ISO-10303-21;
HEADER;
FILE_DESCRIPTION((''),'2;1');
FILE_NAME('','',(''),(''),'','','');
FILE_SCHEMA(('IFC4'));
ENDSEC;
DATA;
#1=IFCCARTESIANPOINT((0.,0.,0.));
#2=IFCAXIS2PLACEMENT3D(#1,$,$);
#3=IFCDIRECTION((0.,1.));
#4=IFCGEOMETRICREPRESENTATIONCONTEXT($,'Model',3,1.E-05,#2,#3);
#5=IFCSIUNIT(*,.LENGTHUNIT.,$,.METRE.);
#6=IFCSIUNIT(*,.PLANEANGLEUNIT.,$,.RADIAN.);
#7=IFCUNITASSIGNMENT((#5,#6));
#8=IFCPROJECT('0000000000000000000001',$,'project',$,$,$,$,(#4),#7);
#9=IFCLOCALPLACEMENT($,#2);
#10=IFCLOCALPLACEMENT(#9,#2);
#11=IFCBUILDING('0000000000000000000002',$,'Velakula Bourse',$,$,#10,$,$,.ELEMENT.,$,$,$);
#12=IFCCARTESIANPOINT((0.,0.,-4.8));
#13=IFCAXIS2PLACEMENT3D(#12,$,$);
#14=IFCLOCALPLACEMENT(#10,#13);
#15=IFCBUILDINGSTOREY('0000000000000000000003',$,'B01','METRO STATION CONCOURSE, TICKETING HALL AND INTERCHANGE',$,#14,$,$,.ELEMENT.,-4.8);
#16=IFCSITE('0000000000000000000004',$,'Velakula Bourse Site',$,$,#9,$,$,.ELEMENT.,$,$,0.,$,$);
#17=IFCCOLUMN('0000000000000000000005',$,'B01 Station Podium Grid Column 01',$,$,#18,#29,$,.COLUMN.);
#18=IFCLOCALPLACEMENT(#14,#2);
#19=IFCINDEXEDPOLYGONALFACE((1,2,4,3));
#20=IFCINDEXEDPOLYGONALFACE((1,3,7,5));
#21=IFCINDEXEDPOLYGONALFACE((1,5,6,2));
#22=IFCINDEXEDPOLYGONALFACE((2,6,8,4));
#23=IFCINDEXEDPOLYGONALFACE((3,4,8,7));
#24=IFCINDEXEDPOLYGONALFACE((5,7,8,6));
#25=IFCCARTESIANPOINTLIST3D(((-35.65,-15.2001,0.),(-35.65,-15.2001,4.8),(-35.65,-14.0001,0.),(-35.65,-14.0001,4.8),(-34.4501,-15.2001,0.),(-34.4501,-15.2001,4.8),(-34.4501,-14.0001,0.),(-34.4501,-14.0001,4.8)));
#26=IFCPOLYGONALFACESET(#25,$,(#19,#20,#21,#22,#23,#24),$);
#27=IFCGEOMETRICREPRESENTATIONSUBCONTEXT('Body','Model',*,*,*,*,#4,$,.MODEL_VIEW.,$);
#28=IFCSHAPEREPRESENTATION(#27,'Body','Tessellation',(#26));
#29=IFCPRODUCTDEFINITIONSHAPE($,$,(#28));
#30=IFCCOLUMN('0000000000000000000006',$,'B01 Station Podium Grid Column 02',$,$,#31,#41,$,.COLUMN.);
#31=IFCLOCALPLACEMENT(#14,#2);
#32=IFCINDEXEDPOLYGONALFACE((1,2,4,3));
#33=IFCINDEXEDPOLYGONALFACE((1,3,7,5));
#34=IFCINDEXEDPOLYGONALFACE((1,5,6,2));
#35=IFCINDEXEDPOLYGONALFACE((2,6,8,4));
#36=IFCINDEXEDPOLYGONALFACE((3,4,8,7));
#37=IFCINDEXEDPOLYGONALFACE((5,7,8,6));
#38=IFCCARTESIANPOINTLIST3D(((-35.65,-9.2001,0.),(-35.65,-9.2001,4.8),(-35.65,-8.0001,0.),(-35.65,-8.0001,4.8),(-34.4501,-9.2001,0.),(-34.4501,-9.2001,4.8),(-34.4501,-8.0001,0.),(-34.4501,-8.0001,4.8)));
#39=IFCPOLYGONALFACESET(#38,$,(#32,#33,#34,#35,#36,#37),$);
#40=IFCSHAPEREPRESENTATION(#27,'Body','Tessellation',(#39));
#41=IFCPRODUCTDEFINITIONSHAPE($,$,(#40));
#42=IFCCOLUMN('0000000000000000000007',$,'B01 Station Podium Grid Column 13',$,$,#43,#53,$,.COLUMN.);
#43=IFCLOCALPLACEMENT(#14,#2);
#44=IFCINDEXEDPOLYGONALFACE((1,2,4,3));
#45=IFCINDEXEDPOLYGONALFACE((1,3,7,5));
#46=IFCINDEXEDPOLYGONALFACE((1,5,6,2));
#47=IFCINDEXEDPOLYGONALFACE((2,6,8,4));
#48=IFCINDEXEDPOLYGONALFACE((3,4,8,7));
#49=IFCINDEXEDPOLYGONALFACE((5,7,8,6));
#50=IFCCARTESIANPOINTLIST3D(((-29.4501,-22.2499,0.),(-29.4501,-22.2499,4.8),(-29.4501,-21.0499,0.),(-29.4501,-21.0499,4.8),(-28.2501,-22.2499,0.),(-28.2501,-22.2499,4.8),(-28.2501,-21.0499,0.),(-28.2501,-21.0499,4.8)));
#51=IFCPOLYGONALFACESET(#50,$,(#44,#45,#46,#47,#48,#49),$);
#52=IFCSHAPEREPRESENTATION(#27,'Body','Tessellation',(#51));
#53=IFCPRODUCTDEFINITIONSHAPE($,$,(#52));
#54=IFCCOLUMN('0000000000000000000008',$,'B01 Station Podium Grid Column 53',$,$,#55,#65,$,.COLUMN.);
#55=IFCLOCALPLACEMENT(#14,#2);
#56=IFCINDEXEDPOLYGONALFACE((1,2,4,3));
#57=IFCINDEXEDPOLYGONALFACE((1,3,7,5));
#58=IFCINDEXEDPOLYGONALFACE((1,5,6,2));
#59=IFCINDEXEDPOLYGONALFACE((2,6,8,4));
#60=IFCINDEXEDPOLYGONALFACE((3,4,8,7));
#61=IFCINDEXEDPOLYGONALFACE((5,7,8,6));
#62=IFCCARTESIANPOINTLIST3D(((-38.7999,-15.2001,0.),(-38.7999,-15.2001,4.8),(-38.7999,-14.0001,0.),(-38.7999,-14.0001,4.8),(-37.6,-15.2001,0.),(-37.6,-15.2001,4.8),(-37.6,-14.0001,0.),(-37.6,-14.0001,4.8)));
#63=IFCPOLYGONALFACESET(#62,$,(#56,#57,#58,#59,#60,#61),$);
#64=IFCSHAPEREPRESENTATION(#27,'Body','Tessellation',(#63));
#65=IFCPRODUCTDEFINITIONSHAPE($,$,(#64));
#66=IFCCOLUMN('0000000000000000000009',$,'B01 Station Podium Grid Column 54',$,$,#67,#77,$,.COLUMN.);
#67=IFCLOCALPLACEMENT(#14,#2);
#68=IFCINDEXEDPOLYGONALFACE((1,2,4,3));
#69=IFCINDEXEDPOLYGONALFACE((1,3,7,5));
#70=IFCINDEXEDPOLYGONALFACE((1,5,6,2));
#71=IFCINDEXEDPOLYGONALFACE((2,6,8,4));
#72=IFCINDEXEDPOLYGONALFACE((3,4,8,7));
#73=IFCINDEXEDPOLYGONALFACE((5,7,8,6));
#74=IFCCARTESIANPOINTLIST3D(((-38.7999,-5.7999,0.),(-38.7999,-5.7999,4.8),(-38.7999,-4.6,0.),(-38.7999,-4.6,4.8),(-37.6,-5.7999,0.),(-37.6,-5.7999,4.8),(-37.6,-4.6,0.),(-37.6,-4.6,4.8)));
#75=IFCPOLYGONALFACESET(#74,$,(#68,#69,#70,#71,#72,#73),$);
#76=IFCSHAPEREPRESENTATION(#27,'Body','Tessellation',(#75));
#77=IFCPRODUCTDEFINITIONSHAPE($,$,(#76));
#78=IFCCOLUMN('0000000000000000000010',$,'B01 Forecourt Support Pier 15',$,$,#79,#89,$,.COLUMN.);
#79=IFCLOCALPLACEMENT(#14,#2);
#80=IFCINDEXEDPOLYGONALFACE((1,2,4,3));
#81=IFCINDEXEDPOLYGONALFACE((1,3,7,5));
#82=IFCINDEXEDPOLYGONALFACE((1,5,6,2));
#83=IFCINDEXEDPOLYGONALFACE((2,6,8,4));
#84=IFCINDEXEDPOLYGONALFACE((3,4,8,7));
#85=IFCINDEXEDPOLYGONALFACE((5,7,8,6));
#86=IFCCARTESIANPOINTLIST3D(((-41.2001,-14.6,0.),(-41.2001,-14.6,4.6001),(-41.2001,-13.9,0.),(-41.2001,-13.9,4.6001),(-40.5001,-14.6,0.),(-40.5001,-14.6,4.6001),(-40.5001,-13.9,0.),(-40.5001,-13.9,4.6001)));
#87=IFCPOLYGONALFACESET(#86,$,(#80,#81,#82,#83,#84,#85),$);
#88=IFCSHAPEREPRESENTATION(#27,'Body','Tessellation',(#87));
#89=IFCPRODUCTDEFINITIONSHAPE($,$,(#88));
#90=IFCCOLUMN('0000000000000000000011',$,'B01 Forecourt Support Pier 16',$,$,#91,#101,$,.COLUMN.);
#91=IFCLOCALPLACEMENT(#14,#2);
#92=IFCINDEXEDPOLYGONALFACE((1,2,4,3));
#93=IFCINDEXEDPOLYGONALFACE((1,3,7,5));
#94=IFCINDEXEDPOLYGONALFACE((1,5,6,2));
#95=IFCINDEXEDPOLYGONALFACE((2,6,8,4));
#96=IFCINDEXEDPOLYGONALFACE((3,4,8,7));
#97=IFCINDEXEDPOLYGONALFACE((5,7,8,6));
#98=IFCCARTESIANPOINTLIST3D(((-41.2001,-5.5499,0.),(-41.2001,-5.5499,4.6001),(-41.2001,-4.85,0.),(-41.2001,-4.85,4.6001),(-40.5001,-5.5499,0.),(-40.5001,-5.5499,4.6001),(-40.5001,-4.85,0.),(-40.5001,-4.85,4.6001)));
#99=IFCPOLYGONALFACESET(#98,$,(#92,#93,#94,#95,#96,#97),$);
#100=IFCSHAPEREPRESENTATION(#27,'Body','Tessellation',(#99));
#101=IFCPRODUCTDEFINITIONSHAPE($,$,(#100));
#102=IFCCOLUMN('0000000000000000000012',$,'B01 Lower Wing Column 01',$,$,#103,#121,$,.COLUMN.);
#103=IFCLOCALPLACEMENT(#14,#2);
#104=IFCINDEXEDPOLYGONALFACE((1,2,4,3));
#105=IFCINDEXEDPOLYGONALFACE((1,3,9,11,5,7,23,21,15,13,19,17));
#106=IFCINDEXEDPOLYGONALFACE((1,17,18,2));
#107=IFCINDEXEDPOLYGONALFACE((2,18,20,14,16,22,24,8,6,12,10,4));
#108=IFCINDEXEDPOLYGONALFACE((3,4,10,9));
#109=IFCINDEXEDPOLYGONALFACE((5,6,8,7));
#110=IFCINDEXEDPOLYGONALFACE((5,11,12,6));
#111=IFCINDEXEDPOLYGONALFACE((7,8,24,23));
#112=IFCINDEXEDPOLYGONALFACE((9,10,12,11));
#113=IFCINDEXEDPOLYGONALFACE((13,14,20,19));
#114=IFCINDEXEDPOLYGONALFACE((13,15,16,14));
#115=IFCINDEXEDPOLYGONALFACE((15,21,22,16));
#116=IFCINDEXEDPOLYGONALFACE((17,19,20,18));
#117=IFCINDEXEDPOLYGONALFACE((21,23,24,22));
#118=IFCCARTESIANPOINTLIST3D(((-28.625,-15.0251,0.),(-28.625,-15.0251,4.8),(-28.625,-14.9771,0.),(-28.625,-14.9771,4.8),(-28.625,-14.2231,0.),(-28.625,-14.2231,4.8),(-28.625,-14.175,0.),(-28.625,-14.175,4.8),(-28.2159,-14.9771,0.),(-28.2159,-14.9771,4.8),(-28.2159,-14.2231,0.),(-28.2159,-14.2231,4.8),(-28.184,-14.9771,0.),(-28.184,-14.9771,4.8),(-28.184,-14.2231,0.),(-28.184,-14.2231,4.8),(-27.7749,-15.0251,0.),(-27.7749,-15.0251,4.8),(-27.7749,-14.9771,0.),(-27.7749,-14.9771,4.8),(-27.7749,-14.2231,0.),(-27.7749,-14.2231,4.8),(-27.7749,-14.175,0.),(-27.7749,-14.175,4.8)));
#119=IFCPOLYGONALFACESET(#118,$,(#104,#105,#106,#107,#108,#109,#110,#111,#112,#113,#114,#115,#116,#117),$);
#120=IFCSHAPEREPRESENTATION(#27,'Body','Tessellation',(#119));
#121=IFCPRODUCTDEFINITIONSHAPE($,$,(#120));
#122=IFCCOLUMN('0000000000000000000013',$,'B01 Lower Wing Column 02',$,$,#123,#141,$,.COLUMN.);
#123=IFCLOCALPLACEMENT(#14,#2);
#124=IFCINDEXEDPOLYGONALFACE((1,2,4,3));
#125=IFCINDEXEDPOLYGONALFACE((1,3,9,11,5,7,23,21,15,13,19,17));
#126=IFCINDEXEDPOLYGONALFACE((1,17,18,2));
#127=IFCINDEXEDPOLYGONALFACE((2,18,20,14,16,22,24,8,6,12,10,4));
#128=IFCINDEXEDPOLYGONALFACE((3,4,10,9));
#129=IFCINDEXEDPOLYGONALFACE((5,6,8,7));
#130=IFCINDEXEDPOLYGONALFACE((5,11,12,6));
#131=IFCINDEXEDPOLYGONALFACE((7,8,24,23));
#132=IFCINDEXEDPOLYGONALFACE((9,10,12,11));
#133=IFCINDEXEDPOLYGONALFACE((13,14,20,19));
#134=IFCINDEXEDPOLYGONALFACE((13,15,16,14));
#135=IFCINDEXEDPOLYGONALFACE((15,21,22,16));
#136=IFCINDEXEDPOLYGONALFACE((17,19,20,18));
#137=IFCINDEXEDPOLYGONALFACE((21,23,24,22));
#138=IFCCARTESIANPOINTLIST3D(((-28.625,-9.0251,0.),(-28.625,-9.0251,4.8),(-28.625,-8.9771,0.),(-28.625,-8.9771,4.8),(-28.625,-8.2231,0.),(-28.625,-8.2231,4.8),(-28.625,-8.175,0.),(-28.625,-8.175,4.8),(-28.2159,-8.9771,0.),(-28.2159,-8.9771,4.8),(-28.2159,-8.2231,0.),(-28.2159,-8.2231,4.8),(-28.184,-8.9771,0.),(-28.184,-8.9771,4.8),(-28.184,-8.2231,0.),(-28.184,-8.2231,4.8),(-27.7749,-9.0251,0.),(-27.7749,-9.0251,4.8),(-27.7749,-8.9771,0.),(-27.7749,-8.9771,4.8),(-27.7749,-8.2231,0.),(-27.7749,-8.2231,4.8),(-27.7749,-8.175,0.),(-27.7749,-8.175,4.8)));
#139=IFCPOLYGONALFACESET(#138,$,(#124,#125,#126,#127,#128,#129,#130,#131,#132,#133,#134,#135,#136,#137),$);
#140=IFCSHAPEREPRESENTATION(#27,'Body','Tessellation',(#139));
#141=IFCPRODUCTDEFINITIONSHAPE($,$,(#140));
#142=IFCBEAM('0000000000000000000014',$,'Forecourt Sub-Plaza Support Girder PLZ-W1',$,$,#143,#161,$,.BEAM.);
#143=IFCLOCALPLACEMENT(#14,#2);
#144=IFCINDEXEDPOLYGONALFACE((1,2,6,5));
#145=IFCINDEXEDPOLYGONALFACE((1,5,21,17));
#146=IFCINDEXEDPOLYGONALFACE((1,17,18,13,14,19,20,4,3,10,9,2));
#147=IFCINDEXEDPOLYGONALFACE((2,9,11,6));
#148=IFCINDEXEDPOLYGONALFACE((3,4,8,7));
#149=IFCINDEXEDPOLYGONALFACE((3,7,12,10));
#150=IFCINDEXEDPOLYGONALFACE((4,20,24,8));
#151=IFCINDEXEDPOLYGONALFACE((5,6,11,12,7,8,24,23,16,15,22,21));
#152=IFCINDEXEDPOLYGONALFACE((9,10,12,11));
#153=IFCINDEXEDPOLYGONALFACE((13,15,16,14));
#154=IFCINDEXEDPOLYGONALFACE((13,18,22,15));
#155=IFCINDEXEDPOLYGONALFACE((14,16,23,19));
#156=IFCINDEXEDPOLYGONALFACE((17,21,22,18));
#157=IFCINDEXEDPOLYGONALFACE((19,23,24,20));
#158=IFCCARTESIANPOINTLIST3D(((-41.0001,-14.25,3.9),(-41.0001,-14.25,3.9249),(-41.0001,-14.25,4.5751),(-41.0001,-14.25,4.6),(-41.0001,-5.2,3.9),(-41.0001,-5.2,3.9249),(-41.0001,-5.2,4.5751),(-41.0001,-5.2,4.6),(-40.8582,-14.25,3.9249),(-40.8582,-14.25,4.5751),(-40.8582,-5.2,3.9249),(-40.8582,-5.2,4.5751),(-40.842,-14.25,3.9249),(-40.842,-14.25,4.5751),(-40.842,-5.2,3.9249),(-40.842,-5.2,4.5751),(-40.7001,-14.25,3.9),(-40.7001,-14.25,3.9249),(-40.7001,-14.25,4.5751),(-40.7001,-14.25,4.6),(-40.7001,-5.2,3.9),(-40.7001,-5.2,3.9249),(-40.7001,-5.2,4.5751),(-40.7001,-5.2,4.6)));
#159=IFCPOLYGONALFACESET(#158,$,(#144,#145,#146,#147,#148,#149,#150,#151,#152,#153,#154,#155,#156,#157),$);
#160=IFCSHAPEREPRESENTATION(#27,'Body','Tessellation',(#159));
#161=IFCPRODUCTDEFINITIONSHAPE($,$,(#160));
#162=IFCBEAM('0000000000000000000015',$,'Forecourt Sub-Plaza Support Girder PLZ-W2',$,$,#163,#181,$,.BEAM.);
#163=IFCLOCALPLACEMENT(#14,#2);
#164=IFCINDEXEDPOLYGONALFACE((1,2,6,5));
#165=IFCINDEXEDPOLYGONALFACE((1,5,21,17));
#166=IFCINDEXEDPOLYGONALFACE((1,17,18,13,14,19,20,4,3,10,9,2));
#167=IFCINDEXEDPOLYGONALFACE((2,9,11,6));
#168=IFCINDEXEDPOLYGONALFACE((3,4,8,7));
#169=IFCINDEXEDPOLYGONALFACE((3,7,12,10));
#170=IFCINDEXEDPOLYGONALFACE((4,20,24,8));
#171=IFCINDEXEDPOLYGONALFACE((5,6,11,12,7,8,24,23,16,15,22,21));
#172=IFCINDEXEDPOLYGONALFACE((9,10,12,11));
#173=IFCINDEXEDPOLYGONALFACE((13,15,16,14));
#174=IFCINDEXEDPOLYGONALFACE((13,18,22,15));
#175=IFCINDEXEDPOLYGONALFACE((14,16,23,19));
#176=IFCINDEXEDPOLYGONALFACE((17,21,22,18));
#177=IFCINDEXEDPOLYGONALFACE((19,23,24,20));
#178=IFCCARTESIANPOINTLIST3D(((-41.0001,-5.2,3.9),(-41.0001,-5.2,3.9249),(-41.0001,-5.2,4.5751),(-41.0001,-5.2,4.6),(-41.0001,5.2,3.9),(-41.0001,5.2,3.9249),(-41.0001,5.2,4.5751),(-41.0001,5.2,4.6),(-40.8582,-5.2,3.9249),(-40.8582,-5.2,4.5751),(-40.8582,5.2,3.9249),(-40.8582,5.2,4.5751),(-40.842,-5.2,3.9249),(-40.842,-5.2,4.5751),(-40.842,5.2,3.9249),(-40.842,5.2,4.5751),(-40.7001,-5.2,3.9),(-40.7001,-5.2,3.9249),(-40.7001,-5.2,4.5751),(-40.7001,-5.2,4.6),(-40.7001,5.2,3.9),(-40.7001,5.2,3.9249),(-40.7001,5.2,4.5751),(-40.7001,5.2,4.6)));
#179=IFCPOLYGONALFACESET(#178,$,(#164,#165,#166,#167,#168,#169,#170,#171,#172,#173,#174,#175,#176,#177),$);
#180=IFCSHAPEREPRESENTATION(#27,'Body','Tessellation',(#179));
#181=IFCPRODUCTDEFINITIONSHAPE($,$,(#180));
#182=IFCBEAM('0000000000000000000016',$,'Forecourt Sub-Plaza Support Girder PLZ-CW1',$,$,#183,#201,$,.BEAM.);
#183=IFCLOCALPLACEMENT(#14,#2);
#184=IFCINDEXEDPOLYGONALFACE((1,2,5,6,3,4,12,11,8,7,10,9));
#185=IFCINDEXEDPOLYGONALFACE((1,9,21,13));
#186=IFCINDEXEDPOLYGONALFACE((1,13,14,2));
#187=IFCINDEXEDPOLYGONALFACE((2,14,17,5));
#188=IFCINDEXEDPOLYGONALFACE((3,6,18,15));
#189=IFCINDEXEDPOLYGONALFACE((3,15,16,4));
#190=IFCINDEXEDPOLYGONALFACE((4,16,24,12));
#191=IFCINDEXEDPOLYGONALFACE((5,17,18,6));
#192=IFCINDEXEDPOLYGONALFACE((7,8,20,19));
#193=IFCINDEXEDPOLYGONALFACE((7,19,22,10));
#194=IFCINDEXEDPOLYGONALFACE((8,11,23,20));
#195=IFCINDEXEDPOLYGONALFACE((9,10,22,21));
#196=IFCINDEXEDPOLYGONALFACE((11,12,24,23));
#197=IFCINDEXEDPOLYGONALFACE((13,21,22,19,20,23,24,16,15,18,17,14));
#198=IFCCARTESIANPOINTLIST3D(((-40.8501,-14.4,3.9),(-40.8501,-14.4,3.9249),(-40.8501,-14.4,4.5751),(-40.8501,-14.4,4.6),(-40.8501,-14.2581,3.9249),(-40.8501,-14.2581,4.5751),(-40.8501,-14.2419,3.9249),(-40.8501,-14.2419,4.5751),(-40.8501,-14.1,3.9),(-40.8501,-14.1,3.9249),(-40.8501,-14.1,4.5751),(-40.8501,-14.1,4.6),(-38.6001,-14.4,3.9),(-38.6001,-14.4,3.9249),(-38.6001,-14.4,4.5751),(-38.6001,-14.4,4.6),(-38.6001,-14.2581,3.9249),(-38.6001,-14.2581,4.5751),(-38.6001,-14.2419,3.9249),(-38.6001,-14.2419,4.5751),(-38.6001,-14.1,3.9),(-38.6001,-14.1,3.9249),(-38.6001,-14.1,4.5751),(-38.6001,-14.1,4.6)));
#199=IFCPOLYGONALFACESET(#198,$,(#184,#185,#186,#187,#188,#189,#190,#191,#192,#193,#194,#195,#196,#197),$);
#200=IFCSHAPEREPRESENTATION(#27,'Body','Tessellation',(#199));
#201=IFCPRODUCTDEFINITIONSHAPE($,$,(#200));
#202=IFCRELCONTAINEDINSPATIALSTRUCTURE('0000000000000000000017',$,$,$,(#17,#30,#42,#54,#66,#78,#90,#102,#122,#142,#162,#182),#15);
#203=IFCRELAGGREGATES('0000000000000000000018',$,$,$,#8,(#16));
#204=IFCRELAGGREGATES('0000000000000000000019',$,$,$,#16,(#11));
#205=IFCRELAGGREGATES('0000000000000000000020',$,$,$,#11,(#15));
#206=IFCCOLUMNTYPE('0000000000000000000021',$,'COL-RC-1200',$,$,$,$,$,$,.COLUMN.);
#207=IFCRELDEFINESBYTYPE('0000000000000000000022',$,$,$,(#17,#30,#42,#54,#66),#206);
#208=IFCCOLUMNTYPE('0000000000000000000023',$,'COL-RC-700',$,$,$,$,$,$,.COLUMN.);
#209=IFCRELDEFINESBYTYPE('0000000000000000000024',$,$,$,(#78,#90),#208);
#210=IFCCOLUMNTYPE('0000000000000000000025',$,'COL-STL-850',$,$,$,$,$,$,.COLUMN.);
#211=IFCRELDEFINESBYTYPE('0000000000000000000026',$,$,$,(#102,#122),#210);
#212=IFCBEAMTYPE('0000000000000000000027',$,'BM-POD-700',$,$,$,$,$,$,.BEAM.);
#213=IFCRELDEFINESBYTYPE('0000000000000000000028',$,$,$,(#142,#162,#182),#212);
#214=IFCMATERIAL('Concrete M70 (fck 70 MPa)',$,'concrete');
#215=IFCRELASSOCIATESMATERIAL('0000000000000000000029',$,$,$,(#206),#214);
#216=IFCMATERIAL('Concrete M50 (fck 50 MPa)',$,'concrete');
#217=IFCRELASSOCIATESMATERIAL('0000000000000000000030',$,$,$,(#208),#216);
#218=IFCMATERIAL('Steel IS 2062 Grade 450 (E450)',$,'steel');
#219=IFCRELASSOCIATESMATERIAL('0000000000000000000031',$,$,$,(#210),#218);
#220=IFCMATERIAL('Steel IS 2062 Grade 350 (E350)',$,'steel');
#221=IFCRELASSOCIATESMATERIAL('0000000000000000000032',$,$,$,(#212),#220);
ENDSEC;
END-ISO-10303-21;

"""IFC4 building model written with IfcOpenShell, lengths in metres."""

from ifc_helpers import new_model, si_unit, direction, frame, origin, origin_2d, place, context, subcontext, project, spatial, rectangle, i_section, extrude, material, material_profile, profile_set, type_object, element, save


model = new_model("IFC4")

# Units and contexts
model_context = context("Model", 3, precision=1e-05, world=origin(), true_north=direction((0.0, 1.0)))
body_context = subcontext(model_context, "Body", "Model", "MODEL_VIEW")
ifc_project = project(units=[si_unit("LENGTHUNIT", "METRE"), si_unit("PLANEANGLEUNIT", "RADIAN")], contexts=[model_context])

# Site, building, storey
site_placement = place(None, origin())
site = spatial("IfcSite", under=ifc_project, at=site_placement, Name="Velakula Bourse Site", CompositionType="ELEMENT", RefElevation=0.0)
building_placement = place(site_placement, origin())
building = spatial("IfcBuilding", under=site, at=building_placement, Name="Velakula Bourse", CompositionType="ELEMENT")
storey_placement = place(building_placement, frame((0.0, 0.0, -4.8)))
storey = spatial("IfcBuildingStorey", under=building, at=storey_placement, Name="B01", Description="METRO STATION CONCOURSE, TICKETING HALL AND INTERCHANGE", CompositionType="ELEMENT", Elevation=-4.8)

# Columns
ifc_material_1 = material(Name="Concrete M70 (fck 70 MPa)", Category="concrete")
ifc_material_profile_1 = material_profile(ifc_material_1, rectangle(XDim=1.2, YDim=1.2, at=origin_2d()), Name="Concrete M70 (fck 70 MPa)")
ifc_profile_set_1 = profile_set([ifc_material_profile_1], Name="Concrete M70 (fck 70 MPa)")
column_type_1 = type_object("IfcColumnType", Name="COL-RC-1200", PredefinedType="COLUMN", material=ifc_profile_set_1)
for number, where, z_axis, x_axis, name in (
    (1, (-35.05, -14.6001, 0.0), (0.0, 0.0, 1.0), (1.0, 0.0, 0.0), "B01 Station Podium Grid Column 01"),
    (2, (-35.05, -8.6001, 0.0), (0.0, 0.0, 1.0), (1.0, 0.0, 0.0), "B01 Station Podium Grid Column 02"),
    (3, (-28.8501, -21.6499, 0.0), (0.0, 0.0, 1.0), (1.0, 0.0, 0.0), "B01 Station Podium Grid Column 13"),
    (4, (-38.2, -14.6001, 0.0), (0.0, 0.0, 1.0), (1.0, 0.0, 0.0), "B01 Station Podium Grid Column 53"),
    (5, (-38.2, -5.2, 0.0), (0.0, 0.0, 1.0), (1.0, 0.0, 0.0), "B01 Station Podium Grid Column 54"),
):
    element("IfcColumn", number, at=place(storey_placement, frame(where, z_axis=z_axis, x_axis=x_axis)), inside=storey, type_object=column_type_1, Name=name, PredefinedType="COLUMN", context=body_context, shape_type="SweptSolid", body=[
        extrude(rectangle(XDim=1.2, YDim=1.2, at=origin_2d()), origin(), (0.0, 0.0, 1.0), 4.8),
    ])
ifc_material_2 = material(Name="Concrete M50 (fck 50 MPa)", Category="concrete")
ifc_material_profile_2 = material_profile(ifc_material_2, rectangle(XDim=0.7, YDim=0.7, at=origin_2d()), Name="Concrete M50 (fck 50 MPa)")
ifc_profile_set_2 = profile_set([ifc_material_profile_2], Name="Concrete M50 (fck 50 MPa)")
column_type_2 = type_object("IfcColumnType", Name="COL-RC-700", PredefinedType="COLUMN", material=ifc_profile_set_2)
for number, where, z_axis, x_axis, name in (
    (6, (-40.8501, -14.25, 0.0), (0.0, 0.0, 1.0), (1.0, 0.0, 0.0), "B01 Forecourt Support Pier 15"),
    (7, (-40.8501, -5.2, 0.0), (0.0, 0.0, 1.0), (1.0, 0.0, 0.0), "B01 Forecourt Support Pier 16"),
):
    element("IfcColumn", number, at=place(storey_placement, frame(where, z_axis=z_axis, x_axis=x_axis)), inside=storey, type_object=column_type_2, Name=name, PredefinedType="COLUMN", context=body_context, shape_type="SweptSolid", body=[
        extrude(rectangle(XDim=0.7, YDim=0.7, at=origin_2d()), origin(), (0.0, 0.0, 1.0), 4.6001),
    ])
ifc_material_3 = material(Name="Steel IS 2062 Grade 450 (E450)", Category="steel")
ifc_material_profile_3 = material_profile(ifc_material_3, i_section(OverallWidth=0.8501, OverallDepth=0.8501, WebThickness=0.032, FlangeThickness=0.0481, at=origin_2d()), Name="Steel IS 2062 Grade 450 (E450)")
ifc_profile_set_3 = profile_set([ifc_material_profile_3], Name="Steel IS 2062 Grade 450 (E450)")
column_type_3 = type_object("IfcColumnType", Name="COL-STL-850", PredefinedType="COLUMN", material=ifc_profile_set_3)
for number, where, z_axis, x_axis, name in (
    (8, (-28.2, -14.6001, 0.0), (0.0, 0.0, 1.0), (1.0, 0.0, 0.0), "B01 Lower Wing Column 01"),
    (9, (-28.2, -8.6001, 0.0), (0.0, 0.0, 1.0), (1.0, 0.0, 0.0), "B01 Lower Wing Column 02"),
):
    element("IfcColumn", number, at=place(storey_placement, frame(where, z_axis=z_axis, x_axis=x_axis)), inside=storey, type_object=column_type_3, Name=name, PredefinedType="COLUMN", context=body_context, shape_type="SweptSolid", body=[
        extrude(i_section(OverallWidth=0.8501, OverallDepth=0.8501, WebThickness=0.032, FlangeThickness=0.0481, at=origin_2d()), origin(), (0.0, 0.0, 1.0), 4.8),
    ])

# Beams
ifc_material_4 = material(Name="Steel IS 2062 Grade 350 (E350)", Category="steel")
ifc_material_profile_4 = material_profile(ifc_material_4, i_section(OverallWidth=0.3, OverallDepth=0.7, WebThickness=0.0161, FlangeThickness=0.0249, at=origin_2d()), Name="Steel IS 2062 Grade 350 (E350)")
ifc_profile_set_4 = profile_set([ifc_material_profile_4], Name="Steel IS 2062 Grade 350 (E350)")
beam_type_1 = type_object("IfcBeamType", Name="BM-POD-700", PredefinedType="BEAM", material=ifc_profile_set_4)
beam_1_placement = place(storey_placement, frame((-40.8501, -14.25, 4.25), z_axis=(0.0, 1.0, 0.0), x_axis=(-1.0, 0.0, 0.0)))
element("IfcBeam", 10, at=beam_1_placement, inside=storey, type_object=beam_type_1, Name="Forecourt Sub-Plaza Support Girder PLZ-W1", PredefinedType="BEAM", context=body_context, shape_type="SweptSolid", body=[
    extrude(i_section(OverallWidth=0.3, OverallDepth=0.7, WebThickness=0.0161, FlangeThickness=0.0249, at=origin_2d()), origin(), (0.0, 0.0, 1.0), 9.05),
])
beam_2_placement = place(storey_placement, frame((-40.8501, -5.2, 4.25), z_axis=(0.0, 1.0, 0.0), x_axis=(-1.0, 0.0, 0.0)))
element("IfcBeam", 11, at=beam_2_placement, inside=storey, type_object=beam_type_1, Name="Forecourt Sub-Plaza Support Girder PLZ-W2", PredefinedType="BEAM", context=body_context, shape_type="SweptSolid", body=[
    extrude(i_section(OverallWidth=0.3, OverallDepth=0.7, WebThickness=0.0161, FlangeThickness=0.0249, at=origin_2d()), origin(), (0.0, 0.0, 1.0), 10.3999),
])
beam_3_placement = place(storey_placement, frame((-40.8501, -14.25, 4.25), z_axis=(1.0, 0.0, 0.0), x_axis=(0.0, 1.0, 0.0)))
element("IfcBeam", 12, at=beam_3_placement, inside=storey, type_object=beam_type_1, Name="Forecourt Sub-Plaza Support Girder PLZ-CW1", PredefinedType="BEAM", context=body_context, shape_type="SweptSolid", body=[
    extrude(i_section(OverallWidth=0.3, OverallDepth=0.7, WebThickness=0.0161, FlangeThickness=0.0249, at=origin_2d()), origin(), (0.0, 0.0, 1.0), 2.25),
])

save(model, "model.ifc")
